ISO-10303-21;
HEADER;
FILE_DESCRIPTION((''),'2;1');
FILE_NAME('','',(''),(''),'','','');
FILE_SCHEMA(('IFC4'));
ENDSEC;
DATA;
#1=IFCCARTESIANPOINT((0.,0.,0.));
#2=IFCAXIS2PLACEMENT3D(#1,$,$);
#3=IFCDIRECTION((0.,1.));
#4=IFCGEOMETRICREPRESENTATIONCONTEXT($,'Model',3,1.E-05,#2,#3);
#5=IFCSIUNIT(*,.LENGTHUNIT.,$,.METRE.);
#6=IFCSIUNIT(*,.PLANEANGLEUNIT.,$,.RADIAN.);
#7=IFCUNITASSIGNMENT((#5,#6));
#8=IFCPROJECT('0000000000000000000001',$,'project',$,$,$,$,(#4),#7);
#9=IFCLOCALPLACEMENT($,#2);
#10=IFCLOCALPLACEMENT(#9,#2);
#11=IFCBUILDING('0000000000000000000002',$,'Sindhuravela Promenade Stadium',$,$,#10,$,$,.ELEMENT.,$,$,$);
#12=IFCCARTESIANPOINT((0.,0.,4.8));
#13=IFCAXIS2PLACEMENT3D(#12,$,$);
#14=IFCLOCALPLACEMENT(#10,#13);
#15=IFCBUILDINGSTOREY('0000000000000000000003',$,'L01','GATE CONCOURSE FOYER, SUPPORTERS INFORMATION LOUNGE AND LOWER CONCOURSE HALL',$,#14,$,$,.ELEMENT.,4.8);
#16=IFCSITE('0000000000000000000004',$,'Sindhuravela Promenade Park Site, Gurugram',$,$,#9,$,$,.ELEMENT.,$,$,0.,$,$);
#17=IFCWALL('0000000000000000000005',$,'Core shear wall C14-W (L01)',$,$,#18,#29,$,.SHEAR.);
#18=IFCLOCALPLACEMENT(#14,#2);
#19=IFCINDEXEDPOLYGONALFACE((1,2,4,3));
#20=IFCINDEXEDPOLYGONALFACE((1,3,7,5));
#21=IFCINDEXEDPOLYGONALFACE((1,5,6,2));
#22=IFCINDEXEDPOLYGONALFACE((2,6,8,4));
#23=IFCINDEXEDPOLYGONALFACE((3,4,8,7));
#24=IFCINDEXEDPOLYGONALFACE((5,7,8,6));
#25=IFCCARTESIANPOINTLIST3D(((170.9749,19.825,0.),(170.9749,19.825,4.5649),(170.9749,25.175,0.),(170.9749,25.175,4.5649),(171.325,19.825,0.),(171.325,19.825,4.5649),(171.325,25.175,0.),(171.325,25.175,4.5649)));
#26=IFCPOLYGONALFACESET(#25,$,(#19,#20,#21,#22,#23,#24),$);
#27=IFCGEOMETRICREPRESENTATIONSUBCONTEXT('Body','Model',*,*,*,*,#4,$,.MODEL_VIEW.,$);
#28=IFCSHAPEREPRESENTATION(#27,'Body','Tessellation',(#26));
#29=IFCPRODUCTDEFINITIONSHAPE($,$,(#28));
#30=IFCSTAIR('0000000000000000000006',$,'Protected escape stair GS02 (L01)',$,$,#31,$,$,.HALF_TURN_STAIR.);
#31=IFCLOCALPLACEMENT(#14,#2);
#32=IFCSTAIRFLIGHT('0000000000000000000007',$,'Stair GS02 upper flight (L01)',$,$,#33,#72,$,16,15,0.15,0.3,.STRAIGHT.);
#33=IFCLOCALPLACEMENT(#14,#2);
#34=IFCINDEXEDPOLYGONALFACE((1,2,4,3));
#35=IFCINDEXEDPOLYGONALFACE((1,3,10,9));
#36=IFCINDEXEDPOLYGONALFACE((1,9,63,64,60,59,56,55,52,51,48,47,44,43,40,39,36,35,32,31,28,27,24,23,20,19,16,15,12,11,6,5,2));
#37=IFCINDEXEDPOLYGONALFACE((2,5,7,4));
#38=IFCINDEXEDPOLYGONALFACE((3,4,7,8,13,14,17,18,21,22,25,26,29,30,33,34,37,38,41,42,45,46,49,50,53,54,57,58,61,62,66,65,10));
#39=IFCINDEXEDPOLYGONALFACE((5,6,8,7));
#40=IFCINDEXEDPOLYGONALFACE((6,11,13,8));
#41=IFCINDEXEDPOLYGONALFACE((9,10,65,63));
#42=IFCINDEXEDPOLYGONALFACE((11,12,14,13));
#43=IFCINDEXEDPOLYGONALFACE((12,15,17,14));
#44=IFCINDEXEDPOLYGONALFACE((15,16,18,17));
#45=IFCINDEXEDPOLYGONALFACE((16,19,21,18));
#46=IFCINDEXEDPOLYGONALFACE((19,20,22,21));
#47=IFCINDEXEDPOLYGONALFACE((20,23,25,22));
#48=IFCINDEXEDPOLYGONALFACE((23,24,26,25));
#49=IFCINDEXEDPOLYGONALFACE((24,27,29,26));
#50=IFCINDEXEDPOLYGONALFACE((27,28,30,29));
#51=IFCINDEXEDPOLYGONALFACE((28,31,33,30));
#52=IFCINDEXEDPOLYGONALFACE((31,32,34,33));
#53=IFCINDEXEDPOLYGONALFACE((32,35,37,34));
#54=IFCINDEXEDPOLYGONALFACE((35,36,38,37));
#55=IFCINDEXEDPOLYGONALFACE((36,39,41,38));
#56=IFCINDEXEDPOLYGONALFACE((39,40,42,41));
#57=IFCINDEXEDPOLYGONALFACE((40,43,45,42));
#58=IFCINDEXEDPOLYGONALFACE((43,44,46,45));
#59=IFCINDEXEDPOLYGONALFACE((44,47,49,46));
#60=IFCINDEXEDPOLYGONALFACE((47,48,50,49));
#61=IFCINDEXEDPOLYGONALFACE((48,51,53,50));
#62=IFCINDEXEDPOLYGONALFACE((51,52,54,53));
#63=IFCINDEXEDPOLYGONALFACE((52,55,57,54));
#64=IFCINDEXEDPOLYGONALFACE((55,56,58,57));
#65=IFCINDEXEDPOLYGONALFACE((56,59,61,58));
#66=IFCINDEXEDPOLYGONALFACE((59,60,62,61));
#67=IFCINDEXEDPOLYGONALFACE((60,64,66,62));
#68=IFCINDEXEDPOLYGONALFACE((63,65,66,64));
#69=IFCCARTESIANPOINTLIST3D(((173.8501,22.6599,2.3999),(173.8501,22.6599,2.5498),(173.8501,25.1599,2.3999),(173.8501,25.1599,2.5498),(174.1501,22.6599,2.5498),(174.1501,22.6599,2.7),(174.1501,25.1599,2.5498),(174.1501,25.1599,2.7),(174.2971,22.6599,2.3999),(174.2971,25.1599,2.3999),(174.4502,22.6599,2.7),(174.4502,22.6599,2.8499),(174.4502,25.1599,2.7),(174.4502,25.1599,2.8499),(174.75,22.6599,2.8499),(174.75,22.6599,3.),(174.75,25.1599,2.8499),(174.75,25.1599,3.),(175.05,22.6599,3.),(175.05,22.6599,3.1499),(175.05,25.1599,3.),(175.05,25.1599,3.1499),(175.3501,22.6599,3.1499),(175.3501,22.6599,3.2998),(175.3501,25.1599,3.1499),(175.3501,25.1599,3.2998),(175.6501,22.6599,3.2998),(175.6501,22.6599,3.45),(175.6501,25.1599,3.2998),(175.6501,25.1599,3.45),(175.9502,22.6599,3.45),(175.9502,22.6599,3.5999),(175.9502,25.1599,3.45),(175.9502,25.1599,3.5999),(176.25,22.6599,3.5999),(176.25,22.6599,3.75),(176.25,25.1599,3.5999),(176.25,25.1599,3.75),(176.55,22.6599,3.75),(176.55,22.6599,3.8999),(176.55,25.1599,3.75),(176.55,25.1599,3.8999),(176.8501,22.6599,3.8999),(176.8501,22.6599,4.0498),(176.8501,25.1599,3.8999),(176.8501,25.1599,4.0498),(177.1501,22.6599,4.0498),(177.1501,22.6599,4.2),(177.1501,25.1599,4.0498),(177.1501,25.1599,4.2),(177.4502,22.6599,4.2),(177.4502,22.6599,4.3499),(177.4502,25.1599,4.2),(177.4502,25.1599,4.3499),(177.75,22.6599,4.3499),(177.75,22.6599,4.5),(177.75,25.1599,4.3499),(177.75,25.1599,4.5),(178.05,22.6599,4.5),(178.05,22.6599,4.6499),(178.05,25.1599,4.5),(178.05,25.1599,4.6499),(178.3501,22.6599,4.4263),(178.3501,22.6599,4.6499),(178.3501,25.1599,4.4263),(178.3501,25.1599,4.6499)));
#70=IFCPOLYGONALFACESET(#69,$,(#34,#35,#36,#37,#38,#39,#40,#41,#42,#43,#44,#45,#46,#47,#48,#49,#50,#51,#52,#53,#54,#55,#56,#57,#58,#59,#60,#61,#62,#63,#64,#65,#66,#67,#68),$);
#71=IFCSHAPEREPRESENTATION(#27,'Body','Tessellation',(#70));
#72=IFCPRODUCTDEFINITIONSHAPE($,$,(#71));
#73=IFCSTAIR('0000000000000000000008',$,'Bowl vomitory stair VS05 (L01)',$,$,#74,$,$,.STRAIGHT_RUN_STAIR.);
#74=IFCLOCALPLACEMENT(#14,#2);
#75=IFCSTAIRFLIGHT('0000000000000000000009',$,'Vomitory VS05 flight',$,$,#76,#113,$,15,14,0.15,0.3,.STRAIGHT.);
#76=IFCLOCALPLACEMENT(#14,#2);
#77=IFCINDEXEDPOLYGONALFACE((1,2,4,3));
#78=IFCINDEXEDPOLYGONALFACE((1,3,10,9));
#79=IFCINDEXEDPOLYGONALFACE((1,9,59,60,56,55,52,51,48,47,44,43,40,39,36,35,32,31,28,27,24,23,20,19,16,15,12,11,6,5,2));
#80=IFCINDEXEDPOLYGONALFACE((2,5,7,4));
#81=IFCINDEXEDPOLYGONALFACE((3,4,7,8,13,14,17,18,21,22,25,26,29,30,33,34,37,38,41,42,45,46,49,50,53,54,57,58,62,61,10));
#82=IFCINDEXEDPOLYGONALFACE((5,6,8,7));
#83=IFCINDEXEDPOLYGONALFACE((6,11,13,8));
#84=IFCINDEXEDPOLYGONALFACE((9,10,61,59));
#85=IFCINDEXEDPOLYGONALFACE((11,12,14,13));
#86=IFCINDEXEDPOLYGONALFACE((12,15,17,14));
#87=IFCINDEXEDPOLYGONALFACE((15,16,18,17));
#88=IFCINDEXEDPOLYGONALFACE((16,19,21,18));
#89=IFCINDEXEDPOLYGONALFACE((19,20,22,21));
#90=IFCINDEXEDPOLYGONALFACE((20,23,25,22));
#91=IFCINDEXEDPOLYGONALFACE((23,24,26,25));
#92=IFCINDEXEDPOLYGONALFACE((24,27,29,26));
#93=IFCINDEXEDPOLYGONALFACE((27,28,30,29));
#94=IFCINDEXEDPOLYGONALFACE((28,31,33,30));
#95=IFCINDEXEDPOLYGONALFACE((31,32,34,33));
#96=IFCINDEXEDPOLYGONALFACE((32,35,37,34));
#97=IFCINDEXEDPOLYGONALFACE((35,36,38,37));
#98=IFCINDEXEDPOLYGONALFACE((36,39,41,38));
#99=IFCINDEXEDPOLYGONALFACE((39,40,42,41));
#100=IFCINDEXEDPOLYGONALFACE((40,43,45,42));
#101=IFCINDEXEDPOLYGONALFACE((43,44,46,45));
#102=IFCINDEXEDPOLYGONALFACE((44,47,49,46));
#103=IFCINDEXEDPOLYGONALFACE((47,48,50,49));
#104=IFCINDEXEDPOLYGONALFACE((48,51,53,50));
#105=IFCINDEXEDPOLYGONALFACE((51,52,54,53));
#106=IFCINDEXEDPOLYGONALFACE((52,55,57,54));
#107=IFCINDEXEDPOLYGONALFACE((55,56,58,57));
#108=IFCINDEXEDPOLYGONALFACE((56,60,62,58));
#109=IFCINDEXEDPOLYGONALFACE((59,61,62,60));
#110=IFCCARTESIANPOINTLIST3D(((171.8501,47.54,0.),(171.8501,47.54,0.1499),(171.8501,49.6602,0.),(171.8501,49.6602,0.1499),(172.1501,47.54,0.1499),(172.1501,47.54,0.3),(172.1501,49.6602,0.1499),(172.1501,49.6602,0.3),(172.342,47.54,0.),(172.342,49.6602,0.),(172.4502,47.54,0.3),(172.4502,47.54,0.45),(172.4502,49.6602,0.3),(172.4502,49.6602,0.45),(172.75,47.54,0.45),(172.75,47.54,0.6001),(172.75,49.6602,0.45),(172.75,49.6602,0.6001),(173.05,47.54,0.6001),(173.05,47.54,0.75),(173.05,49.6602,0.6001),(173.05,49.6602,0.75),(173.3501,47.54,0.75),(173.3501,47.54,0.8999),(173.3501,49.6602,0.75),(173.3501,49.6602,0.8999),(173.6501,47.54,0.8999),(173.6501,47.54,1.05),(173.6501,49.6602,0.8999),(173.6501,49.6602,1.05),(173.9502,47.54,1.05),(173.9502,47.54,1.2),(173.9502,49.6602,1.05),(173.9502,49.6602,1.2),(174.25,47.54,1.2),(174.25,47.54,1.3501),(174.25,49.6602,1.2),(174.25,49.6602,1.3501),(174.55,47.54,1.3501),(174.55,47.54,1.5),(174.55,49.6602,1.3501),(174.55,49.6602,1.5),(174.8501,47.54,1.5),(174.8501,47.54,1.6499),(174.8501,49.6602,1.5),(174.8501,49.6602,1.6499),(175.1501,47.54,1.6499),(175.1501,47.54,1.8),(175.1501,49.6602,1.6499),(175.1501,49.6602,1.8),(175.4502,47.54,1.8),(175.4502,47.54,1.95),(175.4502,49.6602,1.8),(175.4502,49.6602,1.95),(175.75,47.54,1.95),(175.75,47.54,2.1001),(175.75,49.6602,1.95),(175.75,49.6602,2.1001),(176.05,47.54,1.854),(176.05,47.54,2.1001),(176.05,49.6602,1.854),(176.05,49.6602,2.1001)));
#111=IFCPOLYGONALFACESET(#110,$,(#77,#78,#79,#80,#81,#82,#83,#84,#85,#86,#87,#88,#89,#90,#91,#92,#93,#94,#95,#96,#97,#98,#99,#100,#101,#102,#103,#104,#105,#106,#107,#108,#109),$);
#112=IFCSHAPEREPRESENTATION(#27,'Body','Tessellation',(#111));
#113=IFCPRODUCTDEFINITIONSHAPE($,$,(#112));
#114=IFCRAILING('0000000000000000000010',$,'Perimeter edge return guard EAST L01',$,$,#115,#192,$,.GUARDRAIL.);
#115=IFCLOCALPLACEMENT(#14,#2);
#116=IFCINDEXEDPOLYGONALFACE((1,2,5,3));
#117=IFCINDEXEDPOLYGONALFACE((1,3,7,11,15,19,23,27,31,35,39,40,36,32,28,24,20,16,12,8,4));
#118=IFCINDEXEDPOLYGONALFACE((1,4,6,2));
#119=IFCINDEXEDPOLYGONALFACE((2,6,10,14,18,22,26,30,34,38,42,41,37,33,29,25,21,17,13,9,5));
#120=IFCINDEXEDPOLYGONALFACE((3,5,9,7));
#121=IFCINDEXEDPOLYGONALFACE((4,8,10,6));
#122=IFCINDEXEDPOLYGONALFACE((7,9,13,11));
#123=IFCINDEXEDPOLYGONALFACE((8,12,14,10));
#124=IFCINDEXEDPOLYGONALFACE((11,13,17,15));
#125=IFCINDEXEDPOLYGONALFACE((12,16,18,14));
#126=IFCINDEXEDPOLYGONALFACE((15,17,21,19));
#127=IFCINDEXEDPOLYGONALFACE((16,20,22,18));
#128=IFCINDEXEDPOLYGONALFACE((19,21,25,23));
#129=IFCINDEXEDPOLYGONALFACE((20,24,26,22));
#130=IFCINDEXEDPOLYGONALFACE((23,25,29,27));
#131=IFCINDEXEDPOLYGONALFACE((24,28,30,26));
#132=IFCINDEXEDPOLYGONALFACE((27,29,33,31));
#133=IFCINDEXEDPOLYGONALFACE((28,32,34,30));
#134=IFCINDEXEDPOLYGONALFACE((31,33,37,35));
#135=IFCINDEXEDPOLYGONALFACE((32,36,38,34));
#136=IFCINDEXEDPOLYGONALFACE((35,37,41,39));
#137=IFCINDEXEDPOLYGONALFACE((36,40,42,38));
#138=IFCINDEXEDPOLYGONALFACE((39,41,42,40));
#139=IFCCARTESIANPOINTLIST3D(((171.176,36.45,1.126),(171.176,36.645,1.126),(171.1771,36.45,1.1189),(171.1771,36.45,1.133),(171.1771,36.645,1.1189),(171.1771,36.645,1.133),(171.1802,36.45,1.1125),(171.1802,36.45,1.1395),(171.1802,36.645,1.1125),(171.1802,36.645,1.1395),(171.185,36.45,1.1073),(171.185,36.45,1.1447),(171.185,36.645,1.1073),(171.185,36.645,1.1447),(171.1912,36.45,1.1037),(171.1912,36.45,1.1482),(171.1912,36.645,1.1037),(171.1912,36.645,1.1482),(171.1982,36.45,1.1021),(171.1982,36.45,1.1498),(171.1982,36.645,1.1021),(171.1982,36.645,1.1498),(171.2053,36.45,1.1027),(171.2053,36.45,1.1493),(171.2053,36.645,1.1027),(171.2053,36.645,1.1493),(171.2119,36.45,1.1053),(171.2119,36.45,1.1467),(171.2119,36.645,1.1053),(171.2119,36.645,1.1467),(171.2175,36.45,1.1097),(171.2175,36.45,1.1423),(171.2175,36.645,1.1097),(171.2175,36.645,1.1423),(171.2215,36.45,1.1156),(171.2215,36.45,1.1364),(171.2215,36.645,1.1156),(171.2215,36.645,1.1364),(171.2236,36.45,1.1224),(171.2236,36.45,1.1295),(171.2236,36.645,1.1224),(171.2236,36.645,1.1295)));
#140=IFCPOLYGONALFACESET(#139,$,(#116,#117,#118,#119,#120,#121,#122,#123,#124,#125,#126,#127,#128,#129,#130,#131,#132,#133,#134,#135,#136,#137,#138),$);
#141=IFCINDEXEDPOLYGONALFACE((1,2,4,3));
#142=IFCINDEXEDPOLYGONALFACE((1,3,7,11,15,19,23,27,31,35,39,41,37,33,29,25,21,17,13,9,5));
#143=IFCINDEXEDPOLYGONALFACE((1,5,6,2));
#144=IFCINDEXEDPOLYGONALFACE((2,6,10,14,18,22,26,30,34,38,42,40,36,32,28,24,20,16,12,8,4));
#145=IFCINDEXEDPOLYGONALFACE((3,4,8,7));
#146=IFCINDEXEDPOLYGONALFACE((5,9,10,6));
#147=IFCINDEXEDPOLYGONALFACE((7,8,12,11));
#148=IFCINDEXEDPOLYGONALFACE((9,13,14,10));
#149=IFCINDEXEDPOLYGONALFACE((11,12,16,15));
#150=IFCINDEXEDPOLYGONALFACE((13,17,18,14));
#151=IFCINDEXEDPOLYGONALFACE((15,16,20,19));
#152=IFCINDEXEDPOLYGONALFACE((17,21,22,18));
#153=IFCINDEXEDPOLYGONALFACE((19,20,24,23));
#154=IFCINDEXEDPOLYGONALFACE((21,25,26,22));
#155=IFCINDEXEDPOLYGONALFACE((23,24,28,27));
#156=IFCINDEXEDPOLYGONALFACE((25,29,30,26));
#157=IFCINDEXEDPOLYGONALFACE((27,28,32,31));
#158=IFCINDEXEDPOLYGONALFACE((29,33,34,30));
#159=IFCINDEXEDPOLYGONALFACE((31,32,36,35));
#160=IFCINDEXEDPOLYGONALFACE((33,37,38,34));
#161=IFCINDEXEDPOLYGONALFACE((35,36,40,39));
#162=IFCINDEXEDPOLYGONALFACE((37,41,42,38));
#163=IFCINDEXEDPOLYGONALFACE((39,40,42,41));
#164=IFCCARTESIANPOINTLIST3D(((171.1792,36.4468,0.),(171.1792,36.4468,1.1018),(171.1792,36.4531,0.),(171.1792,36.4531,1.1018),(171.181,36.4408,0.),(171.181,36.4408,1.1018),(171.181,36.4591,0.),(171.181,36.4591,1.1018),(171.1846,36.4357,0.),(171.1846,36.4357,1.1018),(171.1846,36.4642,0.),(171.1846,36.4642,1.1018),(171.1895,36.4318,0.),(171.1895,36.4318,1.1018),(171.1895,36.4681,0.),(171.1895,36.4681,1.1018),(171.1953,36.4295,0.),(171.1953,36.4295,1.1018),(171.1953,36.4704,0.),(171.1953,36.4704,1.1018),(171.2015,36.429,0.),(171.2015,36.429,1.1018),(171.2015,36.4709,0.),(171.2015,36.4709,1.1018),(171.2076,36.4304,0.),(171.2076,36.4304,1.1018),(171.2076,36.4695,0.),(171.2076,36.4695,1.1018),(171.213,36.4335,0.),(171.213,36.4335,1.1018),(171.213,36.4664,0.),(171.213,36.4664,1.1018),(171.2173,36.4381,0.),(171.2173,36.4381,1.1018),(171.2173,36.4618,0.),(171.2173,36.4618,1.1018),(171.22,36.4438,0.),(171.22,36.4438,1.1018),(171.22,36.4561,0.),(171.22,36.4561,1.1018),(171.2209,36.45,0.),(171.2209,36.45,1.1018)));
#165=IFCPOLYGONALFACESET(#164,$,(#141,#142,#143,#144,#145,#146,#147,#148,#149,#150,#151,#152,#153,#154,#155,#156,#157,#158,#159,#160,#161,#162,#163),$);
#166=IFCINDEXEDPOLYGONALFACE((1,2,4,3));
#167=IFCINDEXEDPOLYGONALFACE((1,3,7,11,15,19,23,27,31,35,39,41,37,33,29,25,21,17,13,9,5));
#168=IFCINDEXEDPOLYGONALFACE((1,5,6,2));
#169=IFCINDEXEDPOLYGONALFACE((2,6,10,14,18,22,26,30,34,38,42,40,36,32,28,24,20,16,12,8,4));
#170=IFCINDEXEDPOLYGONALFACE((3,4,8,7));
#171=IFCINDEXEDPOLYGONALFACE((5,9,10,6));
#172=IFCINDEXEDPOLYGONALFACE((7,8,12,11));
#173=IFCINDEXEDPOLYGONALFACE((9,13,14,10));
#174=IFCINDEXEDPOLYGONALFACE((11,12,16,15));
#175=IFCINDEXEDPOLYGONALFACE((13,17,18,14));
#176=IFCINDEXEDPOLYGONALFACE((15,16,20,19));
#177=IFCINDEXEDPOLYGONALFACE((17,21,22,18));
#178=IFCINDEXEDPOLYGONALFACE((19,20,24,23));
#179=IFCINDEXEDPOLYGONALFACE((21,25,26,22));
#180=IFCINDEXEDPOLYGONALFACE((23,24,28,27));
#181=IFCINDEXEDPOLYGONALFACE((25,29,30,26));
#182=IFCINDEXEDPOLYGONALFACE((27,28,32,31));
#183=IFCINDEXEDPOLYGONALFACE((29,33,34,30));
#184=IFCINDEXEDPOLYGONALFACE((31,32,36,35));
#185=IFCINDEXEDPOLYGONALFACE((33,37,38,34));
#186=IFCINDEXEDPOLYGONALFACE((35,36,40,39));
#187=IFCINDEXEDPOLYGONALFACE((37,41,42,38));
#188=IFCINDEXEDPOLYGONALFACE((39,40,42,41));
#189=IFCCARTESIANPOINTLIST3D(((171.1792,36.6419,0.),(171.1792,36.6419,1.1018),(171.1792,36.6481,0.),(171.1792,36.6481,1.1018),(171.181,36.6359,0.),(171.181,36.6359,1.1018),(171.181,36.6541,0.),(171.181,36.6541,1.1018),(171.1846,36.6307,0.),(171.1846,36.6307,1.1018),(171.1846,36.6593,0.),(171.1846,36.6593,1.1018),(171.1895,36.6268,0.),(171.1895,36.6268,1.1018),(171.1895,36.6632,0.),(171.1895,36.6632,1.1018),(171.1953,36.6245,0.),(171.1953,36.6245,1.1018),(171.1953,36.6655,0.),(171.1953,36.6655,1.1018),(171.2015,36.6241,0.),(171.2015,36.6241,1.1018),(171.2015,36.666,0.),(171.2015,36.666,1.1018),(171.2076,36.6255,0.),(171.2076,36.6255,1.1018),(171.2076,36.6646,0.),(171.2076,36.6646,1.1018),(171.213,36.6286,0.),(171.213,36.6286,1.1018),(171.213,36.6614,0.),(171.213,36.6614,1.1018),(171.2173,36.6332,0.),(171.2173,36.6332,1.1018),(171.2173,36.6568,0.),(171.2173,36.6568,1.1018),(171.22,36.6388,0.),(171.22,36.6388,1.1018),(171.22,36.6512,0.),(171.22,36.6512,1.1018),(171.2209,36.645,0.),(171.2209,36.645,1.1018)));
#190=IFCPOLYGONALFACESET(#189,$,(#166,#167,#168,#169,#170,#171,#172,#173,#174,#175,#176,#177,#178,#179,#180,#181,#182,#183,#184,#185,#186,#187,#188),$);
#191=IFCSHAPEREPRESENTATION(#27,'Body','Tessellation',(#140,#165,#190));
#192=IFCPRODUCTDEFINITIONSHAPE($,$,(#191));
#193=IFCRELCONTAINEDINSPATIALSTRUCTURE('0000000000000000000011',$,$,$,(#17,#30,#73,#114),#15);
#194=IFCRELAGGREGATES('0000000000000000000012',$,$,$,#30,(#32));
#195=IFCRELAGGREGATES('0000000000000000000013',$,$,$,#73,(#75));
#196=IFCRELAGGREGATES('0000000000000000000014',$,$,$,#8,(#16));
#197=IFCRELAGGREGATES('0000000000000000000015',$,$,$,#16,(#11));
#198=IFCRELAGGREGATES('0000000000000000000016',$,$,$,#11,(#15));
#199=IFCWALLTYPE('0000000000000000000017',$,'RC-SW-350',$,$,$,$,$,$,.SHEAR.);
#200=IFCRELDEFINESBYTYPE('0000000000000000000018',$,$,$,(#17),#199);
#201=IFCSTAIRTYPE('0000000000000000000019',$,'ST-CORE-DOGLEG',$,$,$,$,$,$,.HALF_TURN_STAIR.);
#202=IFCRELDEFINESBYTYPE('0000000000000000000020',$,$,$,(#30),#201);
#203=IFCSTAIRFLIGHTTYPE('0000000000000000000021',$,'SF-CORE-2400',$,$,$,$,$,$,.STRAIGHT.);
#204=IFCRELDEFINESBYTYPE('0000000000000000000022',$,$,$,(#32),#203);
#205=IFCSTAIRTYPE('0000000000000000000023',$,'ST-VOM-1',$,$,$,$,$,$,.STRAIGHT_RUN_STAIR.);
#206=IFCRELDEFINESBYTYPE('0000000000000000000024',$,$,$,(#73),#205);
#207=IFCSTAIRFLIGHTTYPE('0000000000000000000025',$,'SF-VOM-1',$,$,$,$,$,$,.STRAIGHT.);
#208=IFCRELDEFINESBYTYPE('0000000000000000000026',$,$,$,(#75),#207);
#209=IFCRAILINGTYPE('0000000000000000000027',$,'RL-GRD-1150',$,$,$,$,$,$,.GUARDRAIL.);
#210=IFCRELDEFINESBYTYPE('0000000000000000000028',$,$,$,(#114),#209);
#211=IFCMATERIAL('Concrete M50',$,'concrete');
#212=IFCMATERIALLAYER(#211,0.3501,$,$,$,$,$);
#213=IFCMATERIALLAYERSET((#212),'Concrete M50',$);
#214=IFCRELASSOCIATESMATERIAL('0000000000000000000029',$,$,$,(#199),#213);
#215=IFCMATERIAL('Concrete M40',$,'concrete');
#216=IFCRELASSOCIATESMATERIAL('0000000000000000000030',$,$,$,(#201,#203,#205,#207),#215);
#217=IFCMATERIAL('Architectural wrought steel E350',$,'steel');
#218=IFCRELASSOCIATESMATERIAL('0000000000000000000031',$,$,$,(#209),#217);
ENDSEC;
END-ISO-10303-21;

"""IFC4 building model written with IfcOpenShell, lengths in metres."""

from ifc_helpers import new_model, si_unit, direction, frame, frame_2d, origin, origin_2d, place, context, subcontext, project, spatial, polyline, rectangle, circle, outline, extrude, material, layer, layer_set, type_object, element, aggregate, save


model = new_model("IFC4")

# Units and contexts
model_context = context("Model", 3, precision=1e-05, world=origin(), true_north=direction((0.0, 1.0)))
body_context = subcontext(model_context, "Body", "Model", "MODEL_VIEW")
ifc_project = project(units=[si_unit("LENGTHUNIT", "METRE"), si_unit("PLANEANGLEUNIT", "RADIAN")], contexts=[model_context])

# Site, building, storey
site_placement = place(None, origin())
site = spatial("IfcSite", under=ifc_project, at=site_placement, Name="Sindhuravela Promenade Park Site, Gurugram", CompositionType="ELEMENT", RefElevation=0.0)
building_placement = place(site_placement, origin())
building = spatial("IfcBuilding", under=site, at=building_placement, Name="Sindhuravela Promenade Stadium", CompositionType="ELEMENT")
storey_placement = place(building_placement, frame((0.0, 0.0, 4.8)))
storey = spatial("IfcBuildingStorey", under=building, at=storey_placement, Name="L01", Description="GATE CONCOURSE FOYER, SUPPORTERS INFORMATION LOUNGE AND LOWER CONCOURSE HALL", CompositionType="ELEMENT", Elevation=4.8)

# Shared definitions
ifc_material_1 = material(Name="Concrete M40", Category="concrete")

# Shared definitions
ifc_material_2 = material(Name="Concrete M50", Category="concrete")

# Wall
ifc_layer_1 = layer(ifc_material_2, 0.3501)
ifc_layer_set_1 = layer_set([ifc_layer_1], Name="Concrete M50")
wall_type_1 = type_object("IfcWallType", Name="RC-SW-350", PredefinedType="SHEAR", material=ifc_layer_set_1)
wall_1_placement = place(storey_placement, frame((171.1499, 25.175, 0.0), z_axis=(0.0, 0.0, 1.0), x_axis=(0.0, -1.0, 0.0)))
element("IfcWall", 1, at=wall_1_placement, inside=storey, type_object=wall_type_1, Name="Core shear wall C14-W (L01)", PredefinedType="SHEAR", context=body_context, shape_type="SweptSolid", body=[
    extrude(rectangle(XDim=5.3501, YDim=0.3501, at=frame_2d((2.675, 0.0))), origin(), (0.0, 0.0, 1.0), 4.5649),
])

# Stairs, stair flights
stair_type_1 = type_object("IfcStairType", Name="ST-CORE-DOGLEG", PredefinedType="HALF_TURN_STAIR", material=ifc_material_1)
stair_1_placement = place(storey_placement, origin())
stair_1 = element("IfcStair", 2, at=stair_1_placement, inside=storey, type_object=stair_type_1, Name="Protected escape stair GS02 (L01)", PredefinedType="HALF_TURN_STAIR")
stair_flight_type_1 = type_object("IfcStairFlightType", Name="SF-CORE-2400", PredefinedType="STRAIGHT", material=ifc_material_1)
stair_flight_1_placement = place(storey_placement, frame((173.8501, 23.9099, 2.3999), z_axis=(0.0, 0.0, 1.0), x_axis=(1.0, 0.0, 0.0)))
stair_flight_1 = element("IfcStairFlight", 3, at=stair_flight_1_placement, type_object=stair_flight_type_1, Name="Stair GS02 upper flight (L01)", NumberOfRisers=16, NumberOfTreads=15, PredefinedType="STRAIGHT", RiserHeight=0.15, TreadLength=0.3, context=body_context, shape_type="SweptSolid", body=[
    extrude(outline(polyline([(0.0, 0.0), (0.0, 0.1499), (0.3, 0.1499), (0.3, 0.3), (0.6001, 0.3), (0.6001, 0.45), (0.8999, 0.45), (0.8999, 0.6001), (1.2, 0.6001), (1.2, 0.75), (1.5, 0.75), (1.5, 0.8999), (1.8, 0.8999), (1.8, 1.05), (2.1001, 1.05), (2.1001, 1.2), (2.3999, 1.2), (2.3999, 1.3501), (2.7, 1.3501), (2.7, 1.5), (3.0, 1.5), (3.0, 1.6499), (3.3, 1.6499), (3.3, 1.8), (3.6001, 1.8), (3.6001, 1.95), (3.8999, 1.95), (3.8999, 2.1001), (4.2, 2.1001), (4.2, 2.25), (4.5, 2.25), (4.5, 2.3999), (4.5, 2.0264), (0.447, 0.0), (0.0, 0.0)])), frame((0.0, 1.25, 0.0), z_axis=(0.0, -1.0, 0.0), x_axis=(1.0, 0.0, 0.0)), (0.0, 0.0, 1.0), 2.5),
])
aggregate(stair_1, [stair_flight_1])
stair_type_2 = type_object("IfcStairType", Name="ST-VOM-1", PredefinedType="STRAIGHT_RUN_STAIR", material=ifc_material_1)
stair_2_placement = place(storey_placement, origin())
stair_2 = element("IfcStair", 4, at=stair_2_placement, inside=storey, type_object=stair_type_2, Name="Bowl vomitory stair VS05 (L01)", PredefinedType="STRAIGHT_RUN_STAIR")
stair_flight_type_2 = type_object("IfcStairFlightType", Name="SF-VOM-1", PredefinedType="STRAIGHT", material=ifc_material_1)
stair_flight_2_placement = place(storey_placement, frame((171.8501, 48.6001, 0.0), z_axis=(0.0, 0.0, 1.0), x_axis=(1.0, 0.0, 0.0)))
stair_flight_2 = element("IfcStairFlight", 5, at=stair_flight_2_placement, type_object=stair_flight_type_2, Name="Vomitory VS05 flight", NumberOfRisers=15, NumberOfTreads=14, PredefinedType="STRAIGHT", RiserHeight=0.15, TreadLength=0.3, context=body_context, shape_type="SweptSolid", body=[
    extrude(outline(polyline([(0.0, 0.0), (0.0, 0.1499), (0.3, 0.1499), (0.3, 0.3), (0.6001, 0.3), (0.6001, 0.45), (0.8999, 0.45), (0.8999, 0.6001), (1.2, 0.6001), (1.2, 0.75), (1.5, 0.75), (1.5, 0.8999), (1.8, 0.8999), (1.8, 1.05), (2.1001, 1.05), (2.1001, 1.2), (2.3999, 1.2), (2.3999, 1.3501), (2.7, 1.3501), (2.7, 1.5), (3.0, 1.5), (3.0, 1.6499), (3.3, 1.6499), (3.3, 1.8), (3.6001, 1.8), (3.6001, 1.95), (3.8999, 1.95), (3.8999, 2.1001), (4.2, 2.1001), (4.2, 2.25), (4.2, 1.854), (0.4919, 0.0), (0.0, 0.0)])), frame((0.0, 1.0601, 0.0), z_axis=(0.0, -1.0, 0.0), x_axis=(1.0, 0.0, 0.0)), (0.0, 0.0, 1.0), 2.1201),
])
aggregate(stair_2, [stair_flight_2])

# Railing
ifc_material_3 = material(Name="Architectural wrought steel E350", Category="steel")
railing_type_1 = type_object("IfcRailingType", Name="RL-GRD-1150", PredefinedType="GUARDRAIL", material=ifc_material_3)
railing_1_placement = place(storey_placement, frame((171.2, 36.45, 0.0)))
element("IfcRailing", 6, at=railing_1_placement, inside=storey, type_object=railing_type_1, Name="Perimeter edge return guard EAST L01", PredefinedType="GUARDRAIL", context=body_context, shape_type="SweptSolid", body=[
    extrude(circle(Radius=0.0239, at=origin_2d()), frame((0.0, 0.0, 1.126), z_axis=(0.0, 1.0, 0.0), x_axis=(-1.0, 0.0, 0.0)), (0.0, 0.0, 1.0), 0.1951),
    extrude(circle(Radius=0.021, at=origin_2d()), origin(), (0.0, 0.0, 1.0), 1.1018),
    extrude(circle(Radius=0.021, at=origin_2d()), frame((0.0, 0.1951, 0.0)), (0.0, 0.0, 1.0), 1.1018),
])

save(model, "model.ifc")
